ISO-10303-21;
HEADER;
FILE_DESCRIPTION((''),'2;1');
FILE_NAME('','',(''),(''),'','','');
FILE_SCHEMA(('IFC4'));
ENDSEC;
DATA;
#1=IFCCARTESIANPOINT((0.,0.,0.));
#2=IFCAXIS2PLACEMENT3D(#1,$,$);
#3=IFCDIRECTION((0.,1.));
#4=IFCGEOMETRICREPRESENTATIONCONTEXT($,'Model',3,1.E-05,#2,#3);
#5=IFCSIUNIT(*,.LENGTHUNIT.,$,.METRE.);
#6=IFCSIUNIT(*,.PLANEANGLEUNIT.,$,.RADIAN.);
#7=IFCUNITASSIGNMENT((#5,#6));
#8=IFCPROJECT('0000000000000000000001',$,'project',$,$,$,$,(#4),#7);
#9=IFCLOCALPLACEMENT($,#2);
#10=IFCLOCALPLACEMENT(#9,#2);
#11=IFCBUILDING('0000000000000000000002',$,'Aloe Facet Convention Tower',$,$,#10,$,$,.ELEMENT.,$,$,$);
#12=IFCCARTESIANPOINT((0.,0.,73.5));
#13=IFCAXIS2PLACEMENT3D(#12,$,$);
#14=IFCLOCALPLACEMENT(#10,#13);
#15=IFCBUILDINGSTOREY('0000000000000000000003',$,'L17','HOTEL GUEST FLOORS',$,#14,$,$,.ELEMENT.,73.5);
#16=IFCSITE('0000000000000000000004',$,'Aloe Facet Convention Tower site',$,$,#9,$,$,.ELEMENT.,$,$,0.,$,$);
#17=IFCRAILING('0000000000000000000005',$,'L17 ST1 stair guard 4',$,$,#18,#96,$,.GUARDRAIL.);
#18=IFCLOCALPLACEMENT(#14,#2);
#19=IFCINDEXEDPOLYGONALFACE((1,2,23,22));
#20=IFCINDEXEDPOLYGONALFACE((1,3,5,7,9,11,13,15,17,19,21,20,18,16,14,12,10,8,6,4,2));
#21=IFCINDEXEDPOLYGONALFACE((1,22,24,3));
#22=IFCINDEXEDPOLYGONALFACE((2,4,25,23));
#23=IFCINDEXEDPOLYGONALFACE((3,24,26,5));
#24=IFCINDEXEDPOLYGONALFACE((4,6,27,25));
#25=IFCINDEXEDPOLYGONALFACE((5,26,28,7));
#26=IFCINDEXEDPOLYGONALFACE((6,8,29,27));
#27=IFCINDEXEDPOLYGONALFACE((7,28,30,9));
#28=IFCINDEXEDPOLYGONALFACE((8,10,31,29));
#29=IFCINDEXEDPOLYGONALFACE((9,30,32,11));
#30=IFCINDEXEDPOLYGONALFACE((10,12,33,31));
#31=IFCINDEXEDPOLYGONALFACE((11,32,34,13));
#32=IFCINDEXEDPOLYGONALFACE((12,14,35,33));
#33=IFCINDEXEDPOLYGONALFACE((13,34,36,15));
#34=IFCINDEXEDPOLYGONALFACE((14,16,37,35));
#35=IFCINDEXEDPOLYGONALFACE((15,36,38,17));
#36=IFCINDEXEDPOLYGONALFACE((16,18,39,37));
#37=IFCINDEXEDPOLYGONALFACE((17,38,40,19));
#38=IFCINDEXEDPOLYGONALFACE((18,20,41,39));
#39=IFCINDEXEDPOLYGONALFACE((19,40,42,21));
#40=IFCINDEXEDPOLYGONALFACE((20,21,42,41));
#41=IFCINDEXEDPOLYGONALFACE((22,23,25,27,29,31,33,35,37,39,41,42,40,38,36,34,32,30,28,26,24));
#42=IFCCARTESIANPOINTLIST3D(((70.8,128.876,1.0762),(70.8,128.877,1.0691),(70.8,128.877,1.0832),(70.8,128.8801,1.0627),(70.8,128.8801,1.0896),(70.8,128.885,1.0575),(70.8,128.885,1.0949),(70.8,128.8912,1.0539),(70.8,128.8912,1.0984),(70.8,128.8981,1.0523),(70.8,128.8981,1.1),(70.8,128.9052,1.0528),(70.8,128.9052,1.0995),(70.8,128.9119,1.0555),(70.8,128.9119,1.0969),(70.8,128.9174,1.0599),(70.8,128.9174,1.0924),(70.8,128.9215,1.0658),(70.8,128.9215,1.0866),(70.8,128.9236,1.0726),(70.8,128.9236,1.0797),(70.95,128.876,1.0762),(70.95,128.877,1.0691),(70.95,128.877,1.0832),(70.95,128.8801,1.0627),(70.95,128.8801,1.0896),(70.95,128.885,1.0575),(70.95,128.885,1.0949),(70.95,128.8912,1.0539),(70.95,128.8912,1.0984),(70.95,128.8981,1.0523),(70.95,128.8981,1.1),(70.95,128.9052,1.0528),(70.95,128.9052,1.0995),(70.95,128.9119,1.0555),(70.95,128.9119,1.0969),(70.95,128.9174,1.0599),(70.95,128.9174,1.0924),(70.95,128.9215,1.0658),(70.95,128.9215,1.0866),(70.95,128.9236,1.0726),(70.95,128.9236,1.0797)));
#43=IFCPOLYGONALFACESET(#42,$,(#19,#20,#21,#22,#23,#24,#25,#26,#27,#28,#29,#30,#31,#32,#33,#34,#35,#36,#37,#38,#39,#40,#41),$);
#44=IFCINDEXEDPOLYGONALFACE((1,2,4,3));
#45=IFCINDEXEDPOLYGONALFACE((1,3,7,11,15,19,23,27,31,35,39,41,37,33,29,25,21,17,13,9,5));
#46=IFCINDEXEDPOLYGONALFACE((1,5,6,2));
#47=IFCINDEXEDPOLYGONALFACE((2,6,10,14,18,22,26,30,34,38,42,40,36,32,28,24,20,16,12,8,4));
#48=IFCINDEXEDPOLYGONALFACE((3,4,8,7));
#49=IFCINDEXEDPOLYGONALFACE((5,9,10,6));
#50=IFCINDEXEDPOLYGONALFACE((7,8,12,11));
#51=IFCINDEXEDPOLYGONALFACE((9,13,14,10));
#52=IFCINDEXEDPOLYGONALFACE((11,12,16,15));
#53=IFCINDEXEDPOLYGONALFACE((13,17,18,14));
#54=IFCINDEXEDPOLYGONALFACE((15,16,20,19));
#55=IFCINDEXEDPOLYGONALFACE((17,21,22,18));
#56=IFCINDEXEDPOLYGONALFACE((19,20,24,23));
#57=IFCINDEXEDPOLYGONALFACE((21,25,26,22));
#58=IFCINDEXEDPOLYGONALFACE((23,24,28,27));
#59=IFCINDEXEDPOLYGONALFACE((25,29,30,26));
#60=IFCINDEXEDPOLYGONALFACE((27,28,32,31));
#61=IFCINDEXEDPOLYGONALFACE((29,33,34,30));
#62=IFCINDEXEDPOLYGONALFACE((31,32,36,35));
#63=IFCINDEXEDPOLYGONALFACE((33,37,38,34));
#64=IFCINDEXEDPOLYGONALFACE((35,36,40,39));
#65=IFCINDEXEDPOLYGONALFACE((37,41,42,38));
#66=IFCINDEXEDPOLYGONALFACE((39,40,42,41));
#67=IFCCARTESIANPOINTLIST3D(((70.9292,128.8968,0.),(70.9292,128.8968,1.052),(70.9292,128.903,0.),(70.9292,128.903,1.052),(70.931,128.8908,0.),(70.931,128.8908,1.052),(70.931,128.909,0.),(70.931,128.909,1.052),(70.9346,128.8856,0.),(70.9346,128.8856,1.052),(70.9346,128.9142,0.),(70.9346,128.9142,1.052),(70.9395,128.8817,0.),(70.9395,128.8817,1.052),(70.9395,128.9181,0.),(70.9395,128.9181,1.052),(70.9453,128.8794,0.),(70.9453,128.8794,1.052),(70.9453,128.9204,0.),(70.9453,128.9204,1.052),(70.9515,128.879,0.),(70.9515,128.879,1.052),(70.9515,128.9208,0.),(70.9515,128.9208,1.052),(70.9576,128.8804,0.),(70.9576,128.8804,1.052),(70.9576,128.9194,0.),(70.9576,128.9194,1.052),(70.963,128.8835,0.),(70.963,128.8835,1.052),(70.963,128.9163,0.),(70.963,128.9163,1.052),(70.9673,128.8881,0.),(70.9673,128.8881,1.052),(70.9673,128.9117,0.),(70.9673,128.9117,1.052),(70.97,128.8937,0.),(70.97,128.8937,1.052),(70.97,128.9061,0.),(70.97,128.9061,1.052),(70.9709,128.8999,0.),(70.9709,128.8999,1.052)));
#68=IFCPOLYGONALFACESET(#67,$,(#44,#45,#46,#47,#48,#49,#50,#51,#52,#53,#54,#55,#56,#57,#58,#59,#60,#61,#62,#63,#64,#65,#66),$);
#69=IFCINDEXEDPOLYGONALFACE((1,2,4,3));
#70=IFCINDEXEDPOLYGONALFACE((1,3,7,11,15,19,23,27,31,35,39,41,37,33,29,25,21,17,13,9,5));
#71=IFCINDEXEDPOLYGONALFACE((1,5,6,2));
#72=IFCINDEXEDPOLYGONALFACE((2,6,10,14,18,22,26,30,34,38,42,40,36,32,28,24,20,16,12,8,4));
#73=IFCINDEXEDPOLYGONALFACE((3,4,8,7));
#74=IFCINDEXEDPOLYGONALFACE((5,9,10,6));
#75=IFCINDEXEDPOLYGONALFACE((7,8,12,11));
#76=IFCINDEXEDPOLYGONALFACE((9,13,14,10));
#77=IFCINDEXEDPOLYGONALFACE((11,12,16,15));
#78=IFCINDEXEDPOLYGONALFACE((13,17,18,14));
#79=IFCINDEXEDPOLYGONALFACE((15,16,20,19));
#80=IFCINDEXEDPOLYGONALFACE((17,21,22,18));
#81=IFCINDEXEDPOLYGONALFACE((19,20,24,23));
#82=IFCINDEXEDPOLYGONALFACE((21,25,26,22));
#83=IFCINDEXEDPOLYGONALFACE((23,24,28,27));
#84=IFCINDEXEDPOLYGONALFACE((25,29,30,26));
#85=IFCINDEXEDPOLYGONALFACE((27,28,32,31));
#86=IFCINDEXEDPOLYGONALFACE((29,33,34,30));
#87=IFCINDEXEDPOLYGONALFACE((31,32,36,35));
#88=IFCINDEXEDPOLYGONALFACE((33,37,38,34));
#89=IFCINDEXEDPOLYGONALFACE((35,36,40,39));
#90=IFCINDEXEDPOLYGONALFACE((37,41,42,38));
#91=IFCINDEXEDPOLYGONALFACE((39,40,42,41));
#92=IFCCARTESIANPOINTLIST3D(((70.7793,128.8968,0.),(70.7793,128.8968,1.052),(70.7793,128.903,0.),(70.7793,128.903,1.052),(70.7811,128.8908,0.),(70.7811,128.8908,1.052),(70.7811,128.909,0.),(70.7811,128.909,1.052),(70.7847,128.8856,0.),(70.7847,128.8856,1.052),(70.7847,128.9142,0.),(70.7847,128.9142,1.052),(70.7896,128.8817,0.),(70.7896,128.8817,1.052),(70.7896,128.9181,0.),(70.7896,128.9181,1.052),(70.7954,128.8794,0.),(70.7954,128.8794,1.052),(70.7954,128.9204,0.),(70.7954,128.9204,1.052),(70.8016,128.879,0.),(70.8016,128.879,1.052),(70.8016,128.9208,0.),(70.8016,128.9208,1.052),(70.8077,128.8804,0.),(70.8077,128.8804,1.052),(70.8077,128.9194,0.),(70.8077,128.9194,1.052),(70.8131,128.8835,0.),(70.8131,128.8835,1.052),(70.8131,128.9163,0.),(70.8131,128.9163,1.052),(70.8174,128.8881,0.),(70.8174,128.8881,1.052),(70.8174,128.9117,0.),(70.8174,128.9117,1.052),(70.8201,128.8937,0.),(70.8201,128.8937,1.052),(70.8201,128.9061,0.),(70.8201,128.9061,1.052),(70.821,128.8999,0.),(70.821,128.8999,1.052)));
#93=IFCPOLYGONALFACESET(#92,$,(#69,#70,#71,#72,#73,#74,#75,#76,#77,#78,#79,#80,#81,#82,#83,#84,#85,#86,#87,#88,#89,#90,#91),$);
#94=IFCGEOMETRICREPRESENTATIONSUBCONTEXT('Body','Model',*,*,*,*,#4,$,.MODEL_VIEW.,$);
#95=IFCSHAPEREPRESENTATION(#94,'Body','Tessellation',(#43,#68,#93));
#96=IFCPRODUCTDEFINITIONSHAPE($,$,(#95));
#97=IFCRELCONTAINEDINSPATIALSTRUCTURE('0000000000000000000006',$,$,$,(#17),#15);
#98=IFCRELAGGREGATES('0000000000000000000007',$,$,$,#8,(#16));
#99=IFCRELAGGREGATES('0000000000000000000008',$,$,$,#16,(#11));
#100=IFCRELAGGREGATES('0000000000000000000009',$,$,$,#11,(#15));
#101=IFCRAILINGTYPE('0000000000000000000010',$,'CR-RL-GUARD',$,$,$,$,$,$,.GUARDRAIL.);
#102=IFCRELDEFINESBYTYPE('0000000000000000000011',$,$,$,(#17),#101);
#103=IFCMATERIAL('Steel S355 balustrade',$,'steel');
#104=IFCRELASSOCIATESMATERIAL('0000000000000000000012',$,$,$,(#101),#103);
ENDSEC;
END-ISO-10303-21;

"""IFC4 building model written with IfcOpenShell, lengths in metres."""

from ifc_helpers import new_model, si_unit, direction, frame, origin, origin_2d, place, context, subcontext, project, spatial, circle, extrude, material, type_object, element, save


model = new_model("IFC4")

# Units and contexts
model_context = context("Model", 3, precision=1e-05, world=origin(), true_north=direction((0.0, 1.0)))
body_context = subcontext(model_context, "Body", "Model", "MODEL_VIEW")
ifc_project = project(units=[si_unit("LENGTHUNIT", "METRE"), si_unit("PLANEANGLEUNIT", "RADIAN")], contexts=[model_context])

# Site, building, storey
site_placement = place(None, origin())
site = spatial("IfcSite", under=ifc_project, at=site_placement, Name="Aloe Facet Convention Tower site", CompositionType="ELEMENT", RefElevation=0.0)
building_placement = place(site_placement, origin())
building = spatial("IfcBuilding", under=site, at=building_placement, Name="Aloe Facet Convention Tower", CompositionType="ELEMENT")
storey_placement = place(building_placement, frame((0.0, 0.0, 73.5)))
storey = spatial("IfcBuildingStorey", under=building, at=storey_placement, Name="L17", Description="HOTEL GUEST FLOORS", CompositionType="ELEMENT", Elevation=73.5)

# Railing
ifc_material_1 = material(Name="Steel S355 balustrade", Category="steel")
railing_type_1 = type_object("IfcRailingType", Name="CR-RL-GUARD", PredefinedType="GUARDRAIL", material=ifc_material_1)
railing_1_placement = place(storey_placement, frame((70.95, 128.8999, 0.0)))
element("IfcRailing", 1, at=railing_1_placement, inside=storey, type_object=railing_type_1, Name="L17 ST1 stair guard 4", PredefinedType="GUARDRAIL", context=body_context, shape_type="SweptSolid", body=[
    extrude(circle(Radius=0.0239, at=origin_2d()), frame((0.0, 0.0, 1.0762), z_axis=(-1.0, 0.0, 0.0), x_axis=(0.0, -1.0, 0.0)), (0.0, 0.0, 1.0), 0.1499),
    extrude(circle(Radius=0.021, at=origin_2d()), origin(), (0.0, 0.0, 1.0), 1.052),
    extrude(circle(Radius=0.021, at=origin_2d()), frame((-0.1499, 0.0, 0.0)), (0.0, 0.0, 1.0), 1.052),
])

save(model, "model.ifc")
